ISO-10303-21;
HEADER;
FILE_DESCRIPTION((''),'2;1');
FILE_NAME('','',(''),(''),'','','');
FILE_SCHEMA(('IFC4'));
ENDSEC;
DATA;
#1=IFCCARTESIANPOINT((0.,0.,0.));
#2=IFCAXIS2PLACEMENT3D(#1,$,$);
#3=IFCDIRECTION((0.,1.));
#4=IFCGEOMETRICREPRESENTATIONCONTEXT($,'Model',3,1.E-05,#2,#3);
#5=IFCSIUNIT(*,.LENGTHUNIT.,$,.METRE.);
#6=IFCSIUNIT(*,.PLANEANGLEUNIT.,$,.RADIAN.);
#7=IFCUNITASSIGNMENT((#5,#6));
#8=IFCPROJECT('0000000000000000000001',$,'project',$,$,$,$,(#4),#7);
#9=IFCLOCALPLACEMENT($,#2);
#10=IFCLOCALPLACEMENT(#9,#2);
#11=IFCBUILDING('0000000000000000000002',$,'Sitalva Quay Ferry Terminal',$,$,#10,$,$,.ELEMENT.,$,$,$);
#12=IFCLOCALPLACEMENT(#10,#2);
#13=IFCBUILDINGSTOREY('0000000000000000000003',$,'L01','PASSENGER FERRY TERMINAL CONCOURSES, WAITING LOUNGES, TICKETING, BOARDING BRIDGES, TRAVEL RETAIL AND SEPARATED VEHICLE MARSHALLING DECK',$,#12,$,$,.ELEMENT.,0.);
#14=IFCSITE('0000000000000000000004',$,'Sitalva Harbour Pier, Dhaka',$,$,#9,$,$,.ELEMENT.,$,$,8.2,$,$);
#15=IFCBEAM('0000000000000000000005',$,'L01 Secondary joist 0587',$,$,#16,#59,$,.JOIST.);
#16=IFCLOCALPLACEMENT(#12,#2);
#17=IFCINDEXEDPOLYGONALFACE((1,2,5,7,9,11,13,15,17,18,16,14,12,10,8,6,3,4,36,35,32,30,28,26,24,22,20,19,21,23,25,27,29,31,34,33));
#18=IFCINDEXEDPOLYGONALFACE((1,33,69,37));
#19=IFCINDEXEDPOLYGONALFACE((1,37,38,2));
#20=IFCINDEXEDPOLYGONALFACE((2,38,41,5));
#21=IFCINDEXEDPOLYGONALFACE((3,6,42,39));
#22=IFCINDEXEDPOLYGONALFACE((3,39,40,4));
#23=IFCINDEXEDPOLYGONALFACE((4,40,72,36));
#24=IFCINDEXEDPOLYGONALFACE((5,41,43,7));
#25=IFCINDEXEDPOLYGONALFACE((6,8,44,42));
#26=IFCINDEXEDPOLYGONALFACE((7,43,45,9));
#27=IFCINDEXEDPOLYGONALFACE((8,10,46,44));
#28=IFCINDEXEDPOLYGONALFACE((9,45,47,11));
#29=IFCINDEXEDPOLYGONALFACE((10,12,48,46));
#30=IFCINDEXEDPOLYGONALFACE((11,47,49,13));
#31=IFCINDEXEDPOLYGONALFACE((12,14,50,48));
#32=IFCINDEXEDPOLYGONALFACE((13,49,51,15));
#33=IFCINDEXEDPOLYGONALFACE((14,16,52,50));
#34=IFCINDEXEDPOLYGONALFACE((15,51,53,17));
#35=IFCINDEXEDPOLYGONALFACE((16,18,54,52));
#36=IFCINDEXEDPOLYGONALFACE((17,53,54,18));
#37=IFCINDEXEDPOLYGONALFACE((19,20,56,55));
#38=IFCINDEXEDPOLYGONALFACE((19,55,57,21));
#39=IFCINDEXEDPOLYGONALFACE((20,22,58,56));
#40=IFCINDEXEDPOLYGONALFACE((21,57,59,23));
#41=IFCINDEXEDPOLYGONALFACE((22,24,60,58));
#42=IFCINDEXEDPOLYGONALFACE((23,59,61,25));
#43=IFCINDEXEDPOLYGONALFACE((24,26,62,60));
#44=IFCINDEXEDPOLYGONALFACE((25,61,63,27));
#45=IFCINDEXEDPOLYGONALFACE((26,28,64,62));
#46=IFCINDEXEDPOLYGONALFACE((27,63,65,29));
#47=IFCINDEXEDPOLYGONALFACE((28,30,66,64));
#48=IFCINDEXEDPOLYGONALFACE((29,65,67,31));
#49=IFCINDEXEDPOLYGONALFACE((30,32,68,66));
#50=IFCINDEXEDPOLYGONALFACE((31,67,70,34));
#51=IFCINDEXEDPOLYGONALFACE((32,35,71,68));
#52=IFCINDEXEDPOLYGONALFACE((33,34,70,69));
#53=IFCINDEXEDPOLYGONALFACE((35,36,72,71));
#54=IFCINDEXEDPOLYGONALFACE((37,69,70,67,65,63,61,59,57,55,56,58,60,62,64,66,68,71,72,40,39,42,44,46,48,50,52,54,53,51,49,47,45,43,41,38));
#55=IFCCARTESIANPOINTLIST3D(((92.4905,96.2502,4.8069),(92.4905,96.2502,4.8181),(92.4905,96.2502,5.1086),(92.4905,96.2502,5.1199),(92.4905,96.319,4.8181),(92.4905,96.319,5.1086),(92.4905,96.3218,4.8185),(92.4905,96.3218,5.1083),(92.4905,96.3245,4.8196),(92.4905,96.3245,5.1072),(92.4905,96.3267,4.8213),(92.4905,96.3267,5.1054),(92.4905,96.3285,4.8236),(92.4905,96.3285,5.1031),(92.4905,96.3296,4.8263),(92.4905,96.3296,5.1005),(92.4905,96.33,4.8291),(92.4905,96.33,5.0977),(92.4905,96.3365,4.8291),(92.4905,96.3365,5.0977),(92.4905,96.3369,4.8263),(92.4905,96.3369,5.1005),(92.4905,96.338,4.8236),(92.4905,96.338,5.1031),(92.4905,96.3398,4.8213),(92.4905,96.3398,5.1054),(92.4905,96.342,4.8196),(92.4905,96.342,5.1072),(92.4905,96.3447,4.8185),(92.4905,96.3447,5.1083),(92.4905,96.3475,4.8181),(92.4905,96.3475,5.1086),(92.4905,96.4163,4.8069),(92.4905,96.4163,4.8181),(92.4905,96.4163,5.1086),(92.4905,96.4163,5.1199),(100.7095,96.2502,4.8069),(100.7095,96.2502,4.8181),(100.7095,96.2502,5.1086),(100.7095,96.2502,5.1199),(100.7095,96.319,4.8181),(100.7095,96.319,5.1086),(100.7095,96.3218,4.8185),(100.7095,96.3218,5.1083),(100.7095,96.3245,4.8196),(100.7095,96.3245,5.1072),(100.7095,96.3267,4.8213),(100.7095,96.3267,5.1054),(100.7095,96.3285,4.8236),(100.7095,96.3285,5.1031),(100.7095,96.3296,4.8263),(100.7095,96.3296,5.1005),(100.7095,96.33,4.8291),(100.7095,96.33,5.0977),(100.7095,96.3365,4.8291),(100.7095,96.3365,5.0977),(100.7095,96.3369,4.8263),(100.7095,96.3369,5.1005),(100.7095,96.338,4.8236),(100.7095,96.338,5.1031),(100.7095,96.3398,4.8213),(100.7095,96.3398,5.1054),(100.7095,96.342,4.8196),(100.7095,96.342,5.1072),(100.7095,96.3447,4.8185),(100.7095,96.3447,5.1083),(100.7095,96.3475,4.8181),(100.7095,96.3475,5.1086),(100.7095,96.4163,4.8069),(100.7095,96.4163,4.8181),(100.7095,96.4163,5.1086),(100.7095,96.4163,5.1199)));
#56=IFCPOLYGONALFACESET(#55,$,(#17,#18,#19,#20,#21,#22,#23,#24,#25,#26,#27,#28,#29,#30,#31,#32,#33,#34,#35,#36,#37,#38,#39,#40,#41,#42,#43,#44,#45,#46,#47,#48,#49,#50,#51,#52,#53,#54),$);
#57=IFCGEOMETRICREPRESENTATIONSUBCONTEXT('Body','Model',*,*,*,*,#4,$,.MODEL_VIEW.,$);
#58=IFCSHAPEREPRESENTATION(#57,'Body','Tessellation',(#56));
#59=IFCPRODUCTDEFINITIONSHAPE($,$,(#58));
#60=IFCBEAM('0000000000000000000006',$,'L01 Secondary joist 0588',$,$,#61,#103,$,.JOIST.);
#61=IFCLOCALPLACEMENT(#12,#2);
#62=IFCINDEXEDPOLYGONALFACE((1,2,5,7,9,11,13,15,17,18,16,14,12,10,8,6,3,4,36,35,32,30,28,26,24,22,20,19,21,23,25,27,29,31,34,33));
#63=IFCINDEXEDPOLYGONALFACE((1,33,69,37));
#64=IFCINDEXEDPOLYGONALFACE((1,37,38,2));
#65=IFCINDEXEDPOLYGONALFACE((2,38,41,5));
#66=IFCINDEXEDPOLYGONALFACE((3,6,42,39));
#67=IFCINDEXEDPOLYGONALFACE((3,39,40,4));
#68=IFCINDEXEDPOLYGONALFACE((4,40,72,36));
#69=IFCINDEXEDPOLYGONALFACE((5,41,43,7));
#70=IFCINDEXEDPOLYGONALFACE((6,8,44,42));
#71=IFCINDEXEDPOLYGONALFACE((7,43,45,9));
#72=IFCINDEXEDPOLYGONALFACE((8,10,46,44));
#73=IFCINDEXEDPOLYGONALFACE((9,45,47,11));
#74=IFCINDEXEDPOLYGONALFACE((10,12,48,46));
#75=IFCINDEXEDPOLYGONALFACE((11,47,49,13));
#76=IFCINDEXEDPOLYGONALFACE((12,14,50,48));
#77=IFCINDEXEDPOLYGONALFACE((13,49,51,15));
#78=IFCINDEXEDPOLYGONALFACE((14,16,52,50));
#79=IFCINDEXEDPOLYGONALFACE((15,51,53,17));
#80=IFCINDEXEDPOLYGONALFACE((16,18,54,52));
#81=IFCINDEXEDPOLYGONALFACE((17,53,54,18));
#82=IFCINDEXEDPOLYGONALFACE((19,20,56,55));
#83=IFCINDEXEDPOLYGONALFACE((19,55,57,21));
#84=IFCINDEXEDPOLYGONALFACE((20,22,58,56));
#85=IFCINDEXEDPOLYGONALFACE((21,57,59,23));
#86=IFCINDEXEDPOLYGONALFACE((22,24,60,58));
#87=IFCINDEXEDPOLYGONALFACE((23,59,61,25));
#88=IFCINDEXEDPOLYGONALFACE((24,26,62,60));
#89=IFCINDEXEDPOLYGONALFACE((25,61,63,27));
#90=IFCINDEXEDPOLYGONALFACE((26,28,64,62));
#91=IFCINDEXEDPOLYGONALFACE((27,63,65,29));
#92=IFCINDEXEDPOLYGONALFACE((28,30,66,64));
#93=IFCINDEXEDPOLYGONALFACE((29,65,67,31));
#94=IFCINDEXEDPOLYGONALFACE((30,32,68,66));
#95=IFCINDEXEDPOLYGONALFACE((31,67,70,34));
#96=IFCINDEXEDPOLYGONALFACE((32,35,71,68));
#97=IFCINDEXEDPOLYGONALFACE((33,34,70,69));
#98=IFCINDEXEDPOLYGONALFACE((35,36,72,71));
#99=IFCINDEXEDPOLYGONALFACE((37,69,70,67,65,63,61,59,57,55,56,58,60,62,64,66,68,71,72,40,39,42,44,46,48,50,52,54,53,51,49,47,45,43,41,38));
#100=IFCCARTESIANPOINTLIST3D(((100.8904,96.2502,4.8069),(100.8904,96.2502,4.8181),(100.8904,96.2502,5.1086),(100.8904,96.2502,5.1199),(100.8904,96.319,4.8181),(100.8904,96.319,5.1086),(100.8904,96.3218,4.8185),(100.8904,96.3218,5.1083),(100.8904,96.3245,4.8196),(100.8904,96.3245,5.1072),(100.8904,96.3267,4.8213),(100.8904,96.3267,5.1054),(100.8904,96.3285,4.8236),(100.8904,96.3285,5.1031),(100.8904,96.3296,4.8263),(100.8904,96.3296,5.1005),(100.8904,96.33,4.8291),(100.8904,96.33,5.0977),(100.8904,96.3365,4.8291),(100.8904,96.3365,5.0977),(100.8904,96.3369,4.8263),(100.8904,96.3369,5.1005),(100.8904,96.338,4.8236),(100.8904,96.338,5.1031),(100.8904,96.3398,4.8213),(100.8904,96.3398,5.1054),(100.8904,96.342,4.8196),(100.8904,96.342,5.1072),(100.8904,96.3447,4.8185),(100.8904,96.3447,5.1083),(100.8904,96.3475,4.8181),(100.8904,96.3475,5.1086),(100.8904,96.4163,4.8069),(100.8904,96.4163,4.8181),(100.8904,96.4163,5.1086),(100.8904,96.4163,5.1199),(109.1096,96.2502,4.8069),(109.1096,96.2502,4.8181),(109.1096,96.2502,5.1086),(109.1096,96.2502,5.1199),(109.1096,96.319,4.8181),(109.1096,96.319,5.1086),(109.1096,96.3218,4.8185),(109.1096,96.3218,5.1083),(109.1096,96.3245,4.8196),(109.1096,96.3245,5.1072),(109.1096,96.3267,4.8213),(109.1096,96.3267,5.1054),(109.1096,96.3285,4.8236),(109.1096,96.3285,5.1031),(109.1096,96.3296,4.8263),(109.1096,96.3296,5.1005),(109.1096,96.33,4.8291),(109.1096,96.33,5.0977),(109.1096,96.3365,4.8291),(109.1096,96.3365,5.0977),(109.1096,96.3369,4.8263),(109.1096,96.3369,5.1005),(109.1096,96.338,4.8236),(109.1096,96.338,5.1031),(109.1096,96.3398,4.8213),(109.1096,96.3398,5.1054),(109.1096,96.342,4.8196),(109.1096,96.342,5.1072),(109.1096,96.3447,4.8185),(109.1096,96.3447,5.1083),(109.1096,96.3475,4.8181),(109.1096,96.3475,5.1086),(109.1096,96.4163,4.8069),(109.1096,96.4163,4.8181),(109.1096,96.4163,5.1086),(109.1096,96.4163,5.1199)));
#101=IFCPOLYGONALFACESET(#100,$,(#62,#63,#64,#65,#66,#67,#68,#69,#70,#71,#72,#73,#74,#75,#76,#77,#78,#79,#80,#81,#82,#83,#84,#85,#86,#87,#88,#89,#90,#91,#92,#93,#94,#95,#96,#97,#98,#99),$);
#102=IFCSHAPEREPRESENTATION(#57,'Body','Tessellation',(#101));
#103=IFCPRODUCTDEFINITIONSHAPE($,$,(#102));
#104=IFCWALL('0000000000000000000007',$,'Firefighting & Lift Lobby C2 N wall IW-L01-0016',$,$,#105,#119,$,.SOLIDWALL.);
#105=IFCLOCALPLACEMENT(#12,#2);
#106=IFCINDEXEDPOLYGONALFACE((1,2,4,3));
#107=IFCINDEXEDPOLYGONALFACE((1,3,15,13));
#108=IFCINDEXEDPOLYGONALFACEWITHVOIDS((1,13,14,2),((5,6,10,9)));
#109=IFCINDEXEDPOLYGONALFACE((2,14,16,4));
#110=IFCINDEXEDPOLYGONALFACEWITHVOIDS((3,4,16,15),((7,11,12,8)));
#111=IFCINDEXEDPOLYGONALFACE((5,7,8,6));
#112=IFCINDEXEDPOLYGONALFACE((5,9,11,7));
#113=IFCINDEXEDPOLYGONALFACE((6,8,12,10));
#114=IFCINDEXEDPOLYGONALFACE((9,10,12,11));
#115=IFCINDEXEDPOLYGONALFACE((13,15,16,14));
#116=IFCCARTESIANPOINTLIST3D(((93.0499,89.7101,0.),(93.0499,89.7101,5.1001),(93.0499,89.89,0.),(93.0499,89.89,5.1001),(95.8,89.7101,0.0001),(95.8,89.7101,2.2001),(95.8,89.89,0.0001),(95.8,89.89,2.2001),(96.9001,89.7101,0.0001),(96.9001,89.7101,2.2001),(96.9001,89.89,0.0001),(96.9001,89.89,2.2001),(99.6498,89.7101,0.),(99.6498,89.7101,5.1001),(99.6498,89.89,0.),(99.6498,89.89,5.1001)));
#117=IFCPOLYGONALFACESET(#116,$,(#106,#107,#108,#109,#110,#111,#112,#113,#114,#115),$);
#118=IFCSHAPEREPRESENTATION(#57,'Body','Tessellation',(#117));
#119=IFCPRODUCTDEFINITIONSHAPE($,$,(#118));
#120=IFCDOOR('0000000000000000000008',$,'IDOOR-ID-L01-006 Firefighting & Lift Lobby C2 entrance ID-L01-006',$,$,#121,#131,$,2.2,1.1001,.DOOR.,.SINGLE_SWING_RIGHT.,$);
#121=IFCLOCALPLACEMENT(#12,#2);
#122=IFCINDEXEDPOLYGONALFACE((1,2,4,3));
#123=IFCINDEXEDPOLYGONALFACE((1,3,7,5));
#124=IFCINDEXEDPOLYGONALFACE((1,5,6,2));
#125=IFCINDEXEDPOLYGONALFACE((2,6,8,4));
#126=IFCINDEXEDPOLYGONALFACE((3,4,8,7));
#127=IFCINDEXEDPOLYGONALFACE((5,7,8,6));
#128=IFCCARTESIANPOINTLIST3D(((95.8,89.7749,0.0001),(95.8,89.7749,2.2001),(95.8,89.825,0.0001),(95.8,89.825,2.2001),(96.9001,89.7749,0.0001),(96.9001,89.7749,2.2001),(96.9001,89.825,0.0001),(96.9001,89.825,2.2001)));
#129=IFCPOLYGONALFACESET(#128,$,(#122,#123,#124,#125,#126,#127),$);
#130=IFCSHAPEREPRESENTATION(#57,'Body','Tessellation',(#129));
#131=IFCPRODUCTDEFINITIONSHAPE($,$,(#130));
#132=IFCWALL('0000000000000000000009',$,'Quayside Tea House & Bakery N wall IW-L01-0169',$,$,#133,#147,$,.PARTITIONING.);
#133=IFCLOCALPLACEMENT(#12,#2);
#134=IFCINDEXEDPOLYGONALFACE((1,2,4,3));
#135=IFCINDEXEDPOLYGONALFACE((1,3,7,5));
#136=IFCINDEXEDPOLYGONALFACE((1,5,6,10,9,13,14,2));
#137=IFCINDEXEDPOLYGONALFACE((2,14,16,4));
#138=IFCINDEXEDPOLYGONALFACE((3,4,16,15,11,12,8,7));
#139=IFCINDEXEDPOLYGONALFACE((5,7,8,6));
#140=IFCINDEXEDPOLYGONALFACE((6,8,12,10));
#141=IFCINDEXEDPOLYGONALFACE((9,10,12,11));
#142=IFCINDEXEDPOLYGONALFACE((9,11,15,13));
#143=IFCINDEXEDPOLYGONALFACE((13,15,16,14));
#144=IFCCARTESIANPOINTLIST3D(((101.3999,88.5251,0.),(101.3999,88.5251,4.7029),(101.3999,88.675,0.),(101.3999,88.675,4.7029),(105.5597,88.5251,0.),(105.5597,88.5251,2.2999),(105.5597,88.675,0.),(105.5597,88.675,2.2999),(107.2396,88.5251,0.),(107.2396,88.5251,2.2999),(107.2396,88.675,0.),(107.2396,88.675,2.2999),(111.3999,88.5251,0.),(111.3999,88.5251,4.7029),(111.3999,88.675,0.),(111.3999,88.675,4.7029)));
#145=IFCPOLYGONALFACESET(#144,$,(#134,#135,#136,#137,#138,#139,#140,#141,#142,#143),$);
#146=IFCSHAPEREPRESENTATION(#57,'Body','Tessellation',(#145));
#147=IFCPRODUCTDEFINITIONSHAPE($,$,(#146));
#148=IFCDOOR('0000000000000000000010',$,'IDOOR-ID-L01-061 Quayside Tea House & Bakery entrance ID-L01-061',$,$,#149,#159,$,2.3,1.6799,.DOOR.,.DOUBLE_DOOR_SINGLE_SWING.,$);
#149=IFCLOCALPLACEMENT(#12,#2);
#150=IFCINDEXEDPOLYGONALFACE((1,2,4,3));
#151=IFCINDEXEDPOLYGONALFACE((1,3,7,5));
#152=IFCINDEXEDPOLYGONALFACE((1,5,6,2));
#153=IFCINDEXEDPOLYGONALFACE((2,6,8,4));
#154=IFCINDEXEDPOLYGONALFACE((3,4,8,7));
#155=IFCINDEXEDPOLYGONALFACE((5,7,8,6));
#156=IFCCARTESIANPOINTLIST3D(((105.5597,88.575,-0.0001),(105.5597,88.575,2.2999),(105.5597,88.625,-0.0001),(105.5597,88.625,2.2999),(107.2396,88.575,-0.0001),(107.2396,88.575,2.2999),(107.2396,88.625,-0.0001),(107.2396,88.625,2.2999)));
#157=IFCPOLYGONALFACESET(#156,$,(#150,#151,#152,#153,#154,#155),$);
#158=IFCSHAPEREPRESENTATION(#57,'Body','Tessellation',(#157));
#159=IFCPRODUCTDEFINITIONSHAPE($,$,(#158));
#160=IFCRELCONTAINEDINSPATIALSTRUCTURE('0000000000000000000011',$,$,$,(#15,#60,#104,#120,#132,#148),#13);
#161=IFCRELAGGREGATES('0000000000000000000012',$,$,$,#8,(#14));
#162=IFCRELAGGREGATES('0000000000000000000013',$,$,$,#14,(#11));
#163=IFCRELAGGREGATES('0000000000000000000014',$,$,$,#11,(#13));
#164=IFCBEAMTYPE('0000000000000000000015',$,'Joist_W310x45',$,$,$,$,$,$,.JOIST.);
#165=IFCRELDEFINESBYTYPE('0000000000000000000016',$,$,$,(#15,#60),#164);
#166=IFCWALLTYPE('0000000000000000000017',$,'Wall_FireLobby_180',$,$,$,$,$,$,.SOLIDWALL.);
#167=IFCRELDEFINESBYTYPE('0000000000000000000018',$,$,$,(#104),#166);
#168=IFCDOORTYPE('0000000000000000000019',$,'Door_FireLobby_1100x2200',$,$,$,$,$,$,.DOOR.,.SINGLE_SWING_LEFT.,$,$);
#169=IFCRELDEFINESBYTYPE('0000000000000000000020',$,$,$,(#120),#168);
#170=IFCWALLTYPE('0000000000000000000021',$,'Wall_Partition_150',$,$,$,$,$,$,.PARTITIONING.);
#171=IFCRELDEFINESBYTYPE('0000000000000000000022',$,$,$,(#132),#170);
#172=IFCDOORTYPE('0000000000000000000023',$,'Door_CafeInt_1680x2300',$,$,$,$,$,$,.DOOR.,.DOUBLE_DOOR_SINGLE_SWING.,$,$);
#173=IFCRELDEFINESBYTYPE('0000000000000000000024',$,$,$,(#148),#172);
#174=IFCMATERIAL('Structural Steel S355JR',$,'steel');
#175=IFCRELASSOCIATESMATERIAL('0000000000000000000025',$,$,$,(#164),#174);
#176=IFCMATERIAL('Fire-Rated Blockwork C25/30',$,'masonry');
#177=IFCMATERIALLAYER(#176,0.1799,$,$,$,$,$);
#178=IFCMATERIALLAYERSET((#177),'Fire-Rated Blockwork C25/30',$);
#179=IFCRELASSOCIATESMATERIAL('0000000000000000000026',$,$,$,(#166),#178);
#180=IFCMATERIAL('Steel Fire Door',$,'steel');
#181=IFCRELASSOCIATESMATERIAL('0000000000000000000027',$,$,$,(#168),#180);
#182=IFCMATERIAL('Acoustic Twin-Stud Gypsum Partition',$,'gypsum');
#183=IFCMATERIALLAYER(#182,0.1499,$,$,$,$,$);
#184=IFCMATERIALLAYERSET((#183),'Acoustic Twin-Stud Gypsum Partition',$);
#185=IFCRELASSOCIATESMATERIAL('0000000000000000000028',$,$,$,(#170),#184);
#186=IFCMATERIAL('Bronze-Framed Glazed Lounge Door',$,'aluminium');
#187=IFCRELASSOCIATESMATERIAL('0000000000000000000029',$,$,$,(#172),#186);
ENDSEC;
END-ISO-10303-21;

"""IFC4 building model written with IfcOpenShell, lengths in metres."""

from ifc_helpers import new_model, si_unit, direction, frame, frame_2d, origin, origin_2d, place, context, subcontext, project, spatial, rectangle, i_section, extrude, material, layer, layer_set, material_profile, profile_set, type_object, element, fill, save


model = new_model("IFC4")

# Units and contexts
model_context = context("Model", 3, precision=1e-05, world=origin(), true_north=direction((0.0, 1.0)))
body_context = subcontext(model_context, "Body", "Model", "MODEL_VIEW")
ifc_project = project(units=[si_unit("LENGTHUNIT", "METRE"), si_unit("PLANEANGLEUNIT", "RADIAN")], contexts=[model_context])

# Site, building, storey
site_placement = place(None, origin())
site = spatial("IfcSite", under=ifc_project, at=site_placement, Name="Sitalva Harbour Pier, Dhaka", CompositionType="ELEMENT", RefElevation=8.2)
building_placement = place(site_placement, origin())
building = spatial("IfcBuilding", under=site, at=building_placement, Name="Sitalva Quay Ferry Terminal", CompositionType="ELEMENT")
storey_placement = place(building_placement, origin())
storey = spatial("IfcBuildingStorey", under=building, at=storey_placement, Name="L01", Description="PASSENGER FERRY TERMINAL CONCOURSES, WAITING LOUNGES, TICKETING, BOARDING BRIDGES, TRAVEL RETAIL AND SEPARATED VEHICLE MARSHALLING DECK", CompositionType="ELEMENT", Elevation=0.0)

# Beams
ifc_material_1 = material(Name="Structural Steel S355JR", Category="steel")
ifc_material_profile_1 = material_profile(ifc_material_1, i_section(OverallWidth=0.166, OverallDepth=0.313, WebThickness=0.0066, FlangeThickness=0.0112, FilletRadius=0.011, at=origin_2d()), Name="W310x45")
ifc_profile_set_1 = profile_set([ifc_material_profile_1], Name="Structural Steel S355JR")
beam_type_1 = type_object("IfcBeamType", Name="Joist_W310x45", PredefinedType="JOIST", material=ifc_profile_set_1)
beam_1_placement = place(storey_placement, frame((92.4905, 96.3333, 4.9634), z_axis=(1.0, 0.0, 0.0), x_axis=(0.0, 1.0, 0.0)))
element("IfcBeam", 1, at=beam_1_placement, inside=storey, type_object=beam_type_1, Name="L01 Secondary joist 0587", PredefinedType="JOIST", context=body_context, shape_type="SweptSolid", body=[
    extrude(i_section(OverallWidth=0.166, OverallDepth=0.313, WebThickness=0.0066, FlangeThickness=0.0112, FilletRadius=0.011, at=origin_2d()), origin(), (0.0, 0.0, 1.0), 8.219),
])
beam_2_placement = place(storey_placement, frame((100.8904, 96.3333, 4.9634), z_axis=(1.0, 0.0, 0.0), x_axis=(0.0, 1.0, 0.0)))
element("IfcBeam", 2, at=beam_2_placement, inside=storey, type_object=beam_type_1, Name="L01 Secondary joist 0588", PredefinedType="JOIST", context=body_context, shape_type="SweptSolid", body=[
    extrude(i_section(OverallWidth=0.166, OverallDepth=0.313, WebThickness=0.0066, FlangeThickness=0.0112, FilletRadius=0.011, at=origin_2d()), origin(), (0.0, 0.0, 1.0), 8.2192),
])

# Walls, openings, doors
ifc_material_2 = material(Name="Fire-Rated Blockwork C25/30", Category="masonry")
ifc_layer_1 = layer(ifc_material_2, 0.1799)
ifc_layer_set_1 = layer_set([ifc_layer_1], Name="Fire-Rated Blockwork C25/30")
wall_type_1 = type_object("IfcWallType", Name="Wall_FireLobby_180", PredefinedType="SOLIDWALL", material=ifc_layer_set_1)
wall_1_placement = place(storey_placement, frame((93.05, 89.8, 0.0), z_axis=(0.0, 0.0, 1.0), x_axis=(1.0, 0.0, 0.0)))
wall_1 = element("IfcWall", 3, at=wall_1_placement, inside=storey, type_object=wall_type_1, Name="Firefighting & Lift Lobby C2 N wall IW-L01-0016", PredefinedType="SOLIDWALL", context=body_context, shape_type="SweptSolid", body=[
    extrude(rectangle(XDim=6.5999, YDim=0.1799, at=frame_2d((3.2998, 0.0))), origin(), (0.0, 0.0, 1.0), 5.1001),
])
opening_1_placement = place(wall_1_placement, frame((2.75, 0.0, 0.0)))
opening_1 = element("IfcOpeningElement", 4, at=opening_1_placement, cuts=wall_1, PredefinedType="OPENING", context=body_context, shape_type="SweptSolid", body=[
    extrude(rectangle(XDim=1.1001, YDim=2.2, at=frame_2d((0.55, 1.1001))), frame((0.0, 0.0999, 0.0), z_axis=(0.0, -1.0, 0.0), x_axis=(1.0, 0.0, 0.0)), (0.0, 0.0, 1.0), 0.2),
])
ifc_material_3 = material(Name="Steel Fire Door", Category="steel")
door_type_1 = type_object("IfcDoorType", Name="Door_FireLobby_1100x2200", OperationType="SINGLE_SWING_LEFT", PredefinedType="DOOR", material=ifc_material_3)
door_1_placement = place(opening_1_placement, origin())
door_1 = element("IfcDoor", 5, at=door_1_placement, inside=storey, type_object=door_type_1, Name="IDOOR-ID-L01-006 Firefighting & Lift Lobby C2 entrance ID-L01-006", OperationType="SINGLE_SWING_RIGHT", OverallHeight=2.2, OverallWidth=1.1001, PredefinedType="DOOR", context=body_context, shape_type="SweptSolid", body=[
    extrude(rectangle(XDim=1.1001, YDim=2.2, at=frame_2d((0.55, 1.1001))), frame((0.0, 0.0249, 0.0), z_axis=(0.0, -1.0, 0.0), x_axis=(1.0, 0.0, 0.0)), (0.0, 0.0, 1.0), 0.05),
])
fill(opening_1, door_1)
ifc_material_4 = material(Name="Acoustic Twin-Stud Gypsum Partition", Category="gypsum")
ifc_layer_2 = layer(ifc_material_4, 0.1499)
ifc_layer_set_2 = layer_set([ifc_layer_2], Name="Acoustic Twin-Stud Gypsum Partition")
wall_type_2 = type_object("IfcWallType", Name="Wall_Partition_150", PredefinedType="PARTITIONING", material=ifc_layer_set_2)
wall_2_placement = place(storey_placement, frame((101.3999, 88.6001, 0.0), z_axis=(0.0, 0.0, 1.0), x_axis=(1.0, 0.0, 0.0)))
wall_2 = element("IfcWall", 6, at=wall_2_placement, inside=storey, type_object=wall_type_2, Name="Quayside Tea House & Bakery N wall IW-L01-0169", PredefinedType="PARTITIONING", context=body_context, shape_type="SweptSolid", body=[
    extrude(rectangle(XDim=10.0, YDim=0.1499, at=frame_2d((5.0, 0.0))), origin(), (0.0, 0.0, 1.0), 4.7029),
])
opening_2_placement = place(wall_2_placement, frame((4.1599, 0.0, 0.0)))
opening_2 = element("IfcOpeningElement", 7, at=opening_2_placement, cuts=wall_2, PredefinedType="OPENING", context=body_context, shape_type="SweptSolid", body=[
    extrude(rectangle(XDim=1.6799, YDim=2.3, at=frame_2d((0.8398, 1.1499))), frame((0.0, 0.085, 0.0), z_axis=(0.0, -1.0, 0.0), x_axis=(1.0, 0.0, 0.0)), (0.0, 0.0, 1.0), 0.1699),
])
ifc_material_5 = material(Name="Bronze-Framed Glazed Lounge Door", Category="aluminium")
door_type_2 = type_object("IfcDoorType", Name="Door_CafeInt_1680x2300", OperationType="DOUBLE_DOOR_SINGLE_SWING", PredefinedType="DOOR", material=ifc_material_5)
door_2_placement = place(opening_2_placement, origin())
door_2 = element("IfcDoor", 8, at=door_2_placement, inside=storey, type_object=door_type_2, Name="IDOOR-ID-L01-061 Quayside Tea House & Bakery entrance ID-L01-061", OperationType="DOUBLE_DOOR_SINGLE_SWING", OverallHeight=2.3, OverallWidth=1.6799, PredefinedType="DOOR", context=body_context, shape_type="SweptSolid", body=[
    extrude(rectangle(XDim=1.6799, YDim=2.3, at=frame_2d((0.8398, 1.1499))), frame((0.0, 0.0249, 0.0), z_axis=(0.0, -1.0, 0.0), x_axis=(1.0, 0.0, 0.0)), (0.0, 0.0, 1.0), 0.05),
])
fill(opening_2, door_2)

save(model, "model.ifc")
